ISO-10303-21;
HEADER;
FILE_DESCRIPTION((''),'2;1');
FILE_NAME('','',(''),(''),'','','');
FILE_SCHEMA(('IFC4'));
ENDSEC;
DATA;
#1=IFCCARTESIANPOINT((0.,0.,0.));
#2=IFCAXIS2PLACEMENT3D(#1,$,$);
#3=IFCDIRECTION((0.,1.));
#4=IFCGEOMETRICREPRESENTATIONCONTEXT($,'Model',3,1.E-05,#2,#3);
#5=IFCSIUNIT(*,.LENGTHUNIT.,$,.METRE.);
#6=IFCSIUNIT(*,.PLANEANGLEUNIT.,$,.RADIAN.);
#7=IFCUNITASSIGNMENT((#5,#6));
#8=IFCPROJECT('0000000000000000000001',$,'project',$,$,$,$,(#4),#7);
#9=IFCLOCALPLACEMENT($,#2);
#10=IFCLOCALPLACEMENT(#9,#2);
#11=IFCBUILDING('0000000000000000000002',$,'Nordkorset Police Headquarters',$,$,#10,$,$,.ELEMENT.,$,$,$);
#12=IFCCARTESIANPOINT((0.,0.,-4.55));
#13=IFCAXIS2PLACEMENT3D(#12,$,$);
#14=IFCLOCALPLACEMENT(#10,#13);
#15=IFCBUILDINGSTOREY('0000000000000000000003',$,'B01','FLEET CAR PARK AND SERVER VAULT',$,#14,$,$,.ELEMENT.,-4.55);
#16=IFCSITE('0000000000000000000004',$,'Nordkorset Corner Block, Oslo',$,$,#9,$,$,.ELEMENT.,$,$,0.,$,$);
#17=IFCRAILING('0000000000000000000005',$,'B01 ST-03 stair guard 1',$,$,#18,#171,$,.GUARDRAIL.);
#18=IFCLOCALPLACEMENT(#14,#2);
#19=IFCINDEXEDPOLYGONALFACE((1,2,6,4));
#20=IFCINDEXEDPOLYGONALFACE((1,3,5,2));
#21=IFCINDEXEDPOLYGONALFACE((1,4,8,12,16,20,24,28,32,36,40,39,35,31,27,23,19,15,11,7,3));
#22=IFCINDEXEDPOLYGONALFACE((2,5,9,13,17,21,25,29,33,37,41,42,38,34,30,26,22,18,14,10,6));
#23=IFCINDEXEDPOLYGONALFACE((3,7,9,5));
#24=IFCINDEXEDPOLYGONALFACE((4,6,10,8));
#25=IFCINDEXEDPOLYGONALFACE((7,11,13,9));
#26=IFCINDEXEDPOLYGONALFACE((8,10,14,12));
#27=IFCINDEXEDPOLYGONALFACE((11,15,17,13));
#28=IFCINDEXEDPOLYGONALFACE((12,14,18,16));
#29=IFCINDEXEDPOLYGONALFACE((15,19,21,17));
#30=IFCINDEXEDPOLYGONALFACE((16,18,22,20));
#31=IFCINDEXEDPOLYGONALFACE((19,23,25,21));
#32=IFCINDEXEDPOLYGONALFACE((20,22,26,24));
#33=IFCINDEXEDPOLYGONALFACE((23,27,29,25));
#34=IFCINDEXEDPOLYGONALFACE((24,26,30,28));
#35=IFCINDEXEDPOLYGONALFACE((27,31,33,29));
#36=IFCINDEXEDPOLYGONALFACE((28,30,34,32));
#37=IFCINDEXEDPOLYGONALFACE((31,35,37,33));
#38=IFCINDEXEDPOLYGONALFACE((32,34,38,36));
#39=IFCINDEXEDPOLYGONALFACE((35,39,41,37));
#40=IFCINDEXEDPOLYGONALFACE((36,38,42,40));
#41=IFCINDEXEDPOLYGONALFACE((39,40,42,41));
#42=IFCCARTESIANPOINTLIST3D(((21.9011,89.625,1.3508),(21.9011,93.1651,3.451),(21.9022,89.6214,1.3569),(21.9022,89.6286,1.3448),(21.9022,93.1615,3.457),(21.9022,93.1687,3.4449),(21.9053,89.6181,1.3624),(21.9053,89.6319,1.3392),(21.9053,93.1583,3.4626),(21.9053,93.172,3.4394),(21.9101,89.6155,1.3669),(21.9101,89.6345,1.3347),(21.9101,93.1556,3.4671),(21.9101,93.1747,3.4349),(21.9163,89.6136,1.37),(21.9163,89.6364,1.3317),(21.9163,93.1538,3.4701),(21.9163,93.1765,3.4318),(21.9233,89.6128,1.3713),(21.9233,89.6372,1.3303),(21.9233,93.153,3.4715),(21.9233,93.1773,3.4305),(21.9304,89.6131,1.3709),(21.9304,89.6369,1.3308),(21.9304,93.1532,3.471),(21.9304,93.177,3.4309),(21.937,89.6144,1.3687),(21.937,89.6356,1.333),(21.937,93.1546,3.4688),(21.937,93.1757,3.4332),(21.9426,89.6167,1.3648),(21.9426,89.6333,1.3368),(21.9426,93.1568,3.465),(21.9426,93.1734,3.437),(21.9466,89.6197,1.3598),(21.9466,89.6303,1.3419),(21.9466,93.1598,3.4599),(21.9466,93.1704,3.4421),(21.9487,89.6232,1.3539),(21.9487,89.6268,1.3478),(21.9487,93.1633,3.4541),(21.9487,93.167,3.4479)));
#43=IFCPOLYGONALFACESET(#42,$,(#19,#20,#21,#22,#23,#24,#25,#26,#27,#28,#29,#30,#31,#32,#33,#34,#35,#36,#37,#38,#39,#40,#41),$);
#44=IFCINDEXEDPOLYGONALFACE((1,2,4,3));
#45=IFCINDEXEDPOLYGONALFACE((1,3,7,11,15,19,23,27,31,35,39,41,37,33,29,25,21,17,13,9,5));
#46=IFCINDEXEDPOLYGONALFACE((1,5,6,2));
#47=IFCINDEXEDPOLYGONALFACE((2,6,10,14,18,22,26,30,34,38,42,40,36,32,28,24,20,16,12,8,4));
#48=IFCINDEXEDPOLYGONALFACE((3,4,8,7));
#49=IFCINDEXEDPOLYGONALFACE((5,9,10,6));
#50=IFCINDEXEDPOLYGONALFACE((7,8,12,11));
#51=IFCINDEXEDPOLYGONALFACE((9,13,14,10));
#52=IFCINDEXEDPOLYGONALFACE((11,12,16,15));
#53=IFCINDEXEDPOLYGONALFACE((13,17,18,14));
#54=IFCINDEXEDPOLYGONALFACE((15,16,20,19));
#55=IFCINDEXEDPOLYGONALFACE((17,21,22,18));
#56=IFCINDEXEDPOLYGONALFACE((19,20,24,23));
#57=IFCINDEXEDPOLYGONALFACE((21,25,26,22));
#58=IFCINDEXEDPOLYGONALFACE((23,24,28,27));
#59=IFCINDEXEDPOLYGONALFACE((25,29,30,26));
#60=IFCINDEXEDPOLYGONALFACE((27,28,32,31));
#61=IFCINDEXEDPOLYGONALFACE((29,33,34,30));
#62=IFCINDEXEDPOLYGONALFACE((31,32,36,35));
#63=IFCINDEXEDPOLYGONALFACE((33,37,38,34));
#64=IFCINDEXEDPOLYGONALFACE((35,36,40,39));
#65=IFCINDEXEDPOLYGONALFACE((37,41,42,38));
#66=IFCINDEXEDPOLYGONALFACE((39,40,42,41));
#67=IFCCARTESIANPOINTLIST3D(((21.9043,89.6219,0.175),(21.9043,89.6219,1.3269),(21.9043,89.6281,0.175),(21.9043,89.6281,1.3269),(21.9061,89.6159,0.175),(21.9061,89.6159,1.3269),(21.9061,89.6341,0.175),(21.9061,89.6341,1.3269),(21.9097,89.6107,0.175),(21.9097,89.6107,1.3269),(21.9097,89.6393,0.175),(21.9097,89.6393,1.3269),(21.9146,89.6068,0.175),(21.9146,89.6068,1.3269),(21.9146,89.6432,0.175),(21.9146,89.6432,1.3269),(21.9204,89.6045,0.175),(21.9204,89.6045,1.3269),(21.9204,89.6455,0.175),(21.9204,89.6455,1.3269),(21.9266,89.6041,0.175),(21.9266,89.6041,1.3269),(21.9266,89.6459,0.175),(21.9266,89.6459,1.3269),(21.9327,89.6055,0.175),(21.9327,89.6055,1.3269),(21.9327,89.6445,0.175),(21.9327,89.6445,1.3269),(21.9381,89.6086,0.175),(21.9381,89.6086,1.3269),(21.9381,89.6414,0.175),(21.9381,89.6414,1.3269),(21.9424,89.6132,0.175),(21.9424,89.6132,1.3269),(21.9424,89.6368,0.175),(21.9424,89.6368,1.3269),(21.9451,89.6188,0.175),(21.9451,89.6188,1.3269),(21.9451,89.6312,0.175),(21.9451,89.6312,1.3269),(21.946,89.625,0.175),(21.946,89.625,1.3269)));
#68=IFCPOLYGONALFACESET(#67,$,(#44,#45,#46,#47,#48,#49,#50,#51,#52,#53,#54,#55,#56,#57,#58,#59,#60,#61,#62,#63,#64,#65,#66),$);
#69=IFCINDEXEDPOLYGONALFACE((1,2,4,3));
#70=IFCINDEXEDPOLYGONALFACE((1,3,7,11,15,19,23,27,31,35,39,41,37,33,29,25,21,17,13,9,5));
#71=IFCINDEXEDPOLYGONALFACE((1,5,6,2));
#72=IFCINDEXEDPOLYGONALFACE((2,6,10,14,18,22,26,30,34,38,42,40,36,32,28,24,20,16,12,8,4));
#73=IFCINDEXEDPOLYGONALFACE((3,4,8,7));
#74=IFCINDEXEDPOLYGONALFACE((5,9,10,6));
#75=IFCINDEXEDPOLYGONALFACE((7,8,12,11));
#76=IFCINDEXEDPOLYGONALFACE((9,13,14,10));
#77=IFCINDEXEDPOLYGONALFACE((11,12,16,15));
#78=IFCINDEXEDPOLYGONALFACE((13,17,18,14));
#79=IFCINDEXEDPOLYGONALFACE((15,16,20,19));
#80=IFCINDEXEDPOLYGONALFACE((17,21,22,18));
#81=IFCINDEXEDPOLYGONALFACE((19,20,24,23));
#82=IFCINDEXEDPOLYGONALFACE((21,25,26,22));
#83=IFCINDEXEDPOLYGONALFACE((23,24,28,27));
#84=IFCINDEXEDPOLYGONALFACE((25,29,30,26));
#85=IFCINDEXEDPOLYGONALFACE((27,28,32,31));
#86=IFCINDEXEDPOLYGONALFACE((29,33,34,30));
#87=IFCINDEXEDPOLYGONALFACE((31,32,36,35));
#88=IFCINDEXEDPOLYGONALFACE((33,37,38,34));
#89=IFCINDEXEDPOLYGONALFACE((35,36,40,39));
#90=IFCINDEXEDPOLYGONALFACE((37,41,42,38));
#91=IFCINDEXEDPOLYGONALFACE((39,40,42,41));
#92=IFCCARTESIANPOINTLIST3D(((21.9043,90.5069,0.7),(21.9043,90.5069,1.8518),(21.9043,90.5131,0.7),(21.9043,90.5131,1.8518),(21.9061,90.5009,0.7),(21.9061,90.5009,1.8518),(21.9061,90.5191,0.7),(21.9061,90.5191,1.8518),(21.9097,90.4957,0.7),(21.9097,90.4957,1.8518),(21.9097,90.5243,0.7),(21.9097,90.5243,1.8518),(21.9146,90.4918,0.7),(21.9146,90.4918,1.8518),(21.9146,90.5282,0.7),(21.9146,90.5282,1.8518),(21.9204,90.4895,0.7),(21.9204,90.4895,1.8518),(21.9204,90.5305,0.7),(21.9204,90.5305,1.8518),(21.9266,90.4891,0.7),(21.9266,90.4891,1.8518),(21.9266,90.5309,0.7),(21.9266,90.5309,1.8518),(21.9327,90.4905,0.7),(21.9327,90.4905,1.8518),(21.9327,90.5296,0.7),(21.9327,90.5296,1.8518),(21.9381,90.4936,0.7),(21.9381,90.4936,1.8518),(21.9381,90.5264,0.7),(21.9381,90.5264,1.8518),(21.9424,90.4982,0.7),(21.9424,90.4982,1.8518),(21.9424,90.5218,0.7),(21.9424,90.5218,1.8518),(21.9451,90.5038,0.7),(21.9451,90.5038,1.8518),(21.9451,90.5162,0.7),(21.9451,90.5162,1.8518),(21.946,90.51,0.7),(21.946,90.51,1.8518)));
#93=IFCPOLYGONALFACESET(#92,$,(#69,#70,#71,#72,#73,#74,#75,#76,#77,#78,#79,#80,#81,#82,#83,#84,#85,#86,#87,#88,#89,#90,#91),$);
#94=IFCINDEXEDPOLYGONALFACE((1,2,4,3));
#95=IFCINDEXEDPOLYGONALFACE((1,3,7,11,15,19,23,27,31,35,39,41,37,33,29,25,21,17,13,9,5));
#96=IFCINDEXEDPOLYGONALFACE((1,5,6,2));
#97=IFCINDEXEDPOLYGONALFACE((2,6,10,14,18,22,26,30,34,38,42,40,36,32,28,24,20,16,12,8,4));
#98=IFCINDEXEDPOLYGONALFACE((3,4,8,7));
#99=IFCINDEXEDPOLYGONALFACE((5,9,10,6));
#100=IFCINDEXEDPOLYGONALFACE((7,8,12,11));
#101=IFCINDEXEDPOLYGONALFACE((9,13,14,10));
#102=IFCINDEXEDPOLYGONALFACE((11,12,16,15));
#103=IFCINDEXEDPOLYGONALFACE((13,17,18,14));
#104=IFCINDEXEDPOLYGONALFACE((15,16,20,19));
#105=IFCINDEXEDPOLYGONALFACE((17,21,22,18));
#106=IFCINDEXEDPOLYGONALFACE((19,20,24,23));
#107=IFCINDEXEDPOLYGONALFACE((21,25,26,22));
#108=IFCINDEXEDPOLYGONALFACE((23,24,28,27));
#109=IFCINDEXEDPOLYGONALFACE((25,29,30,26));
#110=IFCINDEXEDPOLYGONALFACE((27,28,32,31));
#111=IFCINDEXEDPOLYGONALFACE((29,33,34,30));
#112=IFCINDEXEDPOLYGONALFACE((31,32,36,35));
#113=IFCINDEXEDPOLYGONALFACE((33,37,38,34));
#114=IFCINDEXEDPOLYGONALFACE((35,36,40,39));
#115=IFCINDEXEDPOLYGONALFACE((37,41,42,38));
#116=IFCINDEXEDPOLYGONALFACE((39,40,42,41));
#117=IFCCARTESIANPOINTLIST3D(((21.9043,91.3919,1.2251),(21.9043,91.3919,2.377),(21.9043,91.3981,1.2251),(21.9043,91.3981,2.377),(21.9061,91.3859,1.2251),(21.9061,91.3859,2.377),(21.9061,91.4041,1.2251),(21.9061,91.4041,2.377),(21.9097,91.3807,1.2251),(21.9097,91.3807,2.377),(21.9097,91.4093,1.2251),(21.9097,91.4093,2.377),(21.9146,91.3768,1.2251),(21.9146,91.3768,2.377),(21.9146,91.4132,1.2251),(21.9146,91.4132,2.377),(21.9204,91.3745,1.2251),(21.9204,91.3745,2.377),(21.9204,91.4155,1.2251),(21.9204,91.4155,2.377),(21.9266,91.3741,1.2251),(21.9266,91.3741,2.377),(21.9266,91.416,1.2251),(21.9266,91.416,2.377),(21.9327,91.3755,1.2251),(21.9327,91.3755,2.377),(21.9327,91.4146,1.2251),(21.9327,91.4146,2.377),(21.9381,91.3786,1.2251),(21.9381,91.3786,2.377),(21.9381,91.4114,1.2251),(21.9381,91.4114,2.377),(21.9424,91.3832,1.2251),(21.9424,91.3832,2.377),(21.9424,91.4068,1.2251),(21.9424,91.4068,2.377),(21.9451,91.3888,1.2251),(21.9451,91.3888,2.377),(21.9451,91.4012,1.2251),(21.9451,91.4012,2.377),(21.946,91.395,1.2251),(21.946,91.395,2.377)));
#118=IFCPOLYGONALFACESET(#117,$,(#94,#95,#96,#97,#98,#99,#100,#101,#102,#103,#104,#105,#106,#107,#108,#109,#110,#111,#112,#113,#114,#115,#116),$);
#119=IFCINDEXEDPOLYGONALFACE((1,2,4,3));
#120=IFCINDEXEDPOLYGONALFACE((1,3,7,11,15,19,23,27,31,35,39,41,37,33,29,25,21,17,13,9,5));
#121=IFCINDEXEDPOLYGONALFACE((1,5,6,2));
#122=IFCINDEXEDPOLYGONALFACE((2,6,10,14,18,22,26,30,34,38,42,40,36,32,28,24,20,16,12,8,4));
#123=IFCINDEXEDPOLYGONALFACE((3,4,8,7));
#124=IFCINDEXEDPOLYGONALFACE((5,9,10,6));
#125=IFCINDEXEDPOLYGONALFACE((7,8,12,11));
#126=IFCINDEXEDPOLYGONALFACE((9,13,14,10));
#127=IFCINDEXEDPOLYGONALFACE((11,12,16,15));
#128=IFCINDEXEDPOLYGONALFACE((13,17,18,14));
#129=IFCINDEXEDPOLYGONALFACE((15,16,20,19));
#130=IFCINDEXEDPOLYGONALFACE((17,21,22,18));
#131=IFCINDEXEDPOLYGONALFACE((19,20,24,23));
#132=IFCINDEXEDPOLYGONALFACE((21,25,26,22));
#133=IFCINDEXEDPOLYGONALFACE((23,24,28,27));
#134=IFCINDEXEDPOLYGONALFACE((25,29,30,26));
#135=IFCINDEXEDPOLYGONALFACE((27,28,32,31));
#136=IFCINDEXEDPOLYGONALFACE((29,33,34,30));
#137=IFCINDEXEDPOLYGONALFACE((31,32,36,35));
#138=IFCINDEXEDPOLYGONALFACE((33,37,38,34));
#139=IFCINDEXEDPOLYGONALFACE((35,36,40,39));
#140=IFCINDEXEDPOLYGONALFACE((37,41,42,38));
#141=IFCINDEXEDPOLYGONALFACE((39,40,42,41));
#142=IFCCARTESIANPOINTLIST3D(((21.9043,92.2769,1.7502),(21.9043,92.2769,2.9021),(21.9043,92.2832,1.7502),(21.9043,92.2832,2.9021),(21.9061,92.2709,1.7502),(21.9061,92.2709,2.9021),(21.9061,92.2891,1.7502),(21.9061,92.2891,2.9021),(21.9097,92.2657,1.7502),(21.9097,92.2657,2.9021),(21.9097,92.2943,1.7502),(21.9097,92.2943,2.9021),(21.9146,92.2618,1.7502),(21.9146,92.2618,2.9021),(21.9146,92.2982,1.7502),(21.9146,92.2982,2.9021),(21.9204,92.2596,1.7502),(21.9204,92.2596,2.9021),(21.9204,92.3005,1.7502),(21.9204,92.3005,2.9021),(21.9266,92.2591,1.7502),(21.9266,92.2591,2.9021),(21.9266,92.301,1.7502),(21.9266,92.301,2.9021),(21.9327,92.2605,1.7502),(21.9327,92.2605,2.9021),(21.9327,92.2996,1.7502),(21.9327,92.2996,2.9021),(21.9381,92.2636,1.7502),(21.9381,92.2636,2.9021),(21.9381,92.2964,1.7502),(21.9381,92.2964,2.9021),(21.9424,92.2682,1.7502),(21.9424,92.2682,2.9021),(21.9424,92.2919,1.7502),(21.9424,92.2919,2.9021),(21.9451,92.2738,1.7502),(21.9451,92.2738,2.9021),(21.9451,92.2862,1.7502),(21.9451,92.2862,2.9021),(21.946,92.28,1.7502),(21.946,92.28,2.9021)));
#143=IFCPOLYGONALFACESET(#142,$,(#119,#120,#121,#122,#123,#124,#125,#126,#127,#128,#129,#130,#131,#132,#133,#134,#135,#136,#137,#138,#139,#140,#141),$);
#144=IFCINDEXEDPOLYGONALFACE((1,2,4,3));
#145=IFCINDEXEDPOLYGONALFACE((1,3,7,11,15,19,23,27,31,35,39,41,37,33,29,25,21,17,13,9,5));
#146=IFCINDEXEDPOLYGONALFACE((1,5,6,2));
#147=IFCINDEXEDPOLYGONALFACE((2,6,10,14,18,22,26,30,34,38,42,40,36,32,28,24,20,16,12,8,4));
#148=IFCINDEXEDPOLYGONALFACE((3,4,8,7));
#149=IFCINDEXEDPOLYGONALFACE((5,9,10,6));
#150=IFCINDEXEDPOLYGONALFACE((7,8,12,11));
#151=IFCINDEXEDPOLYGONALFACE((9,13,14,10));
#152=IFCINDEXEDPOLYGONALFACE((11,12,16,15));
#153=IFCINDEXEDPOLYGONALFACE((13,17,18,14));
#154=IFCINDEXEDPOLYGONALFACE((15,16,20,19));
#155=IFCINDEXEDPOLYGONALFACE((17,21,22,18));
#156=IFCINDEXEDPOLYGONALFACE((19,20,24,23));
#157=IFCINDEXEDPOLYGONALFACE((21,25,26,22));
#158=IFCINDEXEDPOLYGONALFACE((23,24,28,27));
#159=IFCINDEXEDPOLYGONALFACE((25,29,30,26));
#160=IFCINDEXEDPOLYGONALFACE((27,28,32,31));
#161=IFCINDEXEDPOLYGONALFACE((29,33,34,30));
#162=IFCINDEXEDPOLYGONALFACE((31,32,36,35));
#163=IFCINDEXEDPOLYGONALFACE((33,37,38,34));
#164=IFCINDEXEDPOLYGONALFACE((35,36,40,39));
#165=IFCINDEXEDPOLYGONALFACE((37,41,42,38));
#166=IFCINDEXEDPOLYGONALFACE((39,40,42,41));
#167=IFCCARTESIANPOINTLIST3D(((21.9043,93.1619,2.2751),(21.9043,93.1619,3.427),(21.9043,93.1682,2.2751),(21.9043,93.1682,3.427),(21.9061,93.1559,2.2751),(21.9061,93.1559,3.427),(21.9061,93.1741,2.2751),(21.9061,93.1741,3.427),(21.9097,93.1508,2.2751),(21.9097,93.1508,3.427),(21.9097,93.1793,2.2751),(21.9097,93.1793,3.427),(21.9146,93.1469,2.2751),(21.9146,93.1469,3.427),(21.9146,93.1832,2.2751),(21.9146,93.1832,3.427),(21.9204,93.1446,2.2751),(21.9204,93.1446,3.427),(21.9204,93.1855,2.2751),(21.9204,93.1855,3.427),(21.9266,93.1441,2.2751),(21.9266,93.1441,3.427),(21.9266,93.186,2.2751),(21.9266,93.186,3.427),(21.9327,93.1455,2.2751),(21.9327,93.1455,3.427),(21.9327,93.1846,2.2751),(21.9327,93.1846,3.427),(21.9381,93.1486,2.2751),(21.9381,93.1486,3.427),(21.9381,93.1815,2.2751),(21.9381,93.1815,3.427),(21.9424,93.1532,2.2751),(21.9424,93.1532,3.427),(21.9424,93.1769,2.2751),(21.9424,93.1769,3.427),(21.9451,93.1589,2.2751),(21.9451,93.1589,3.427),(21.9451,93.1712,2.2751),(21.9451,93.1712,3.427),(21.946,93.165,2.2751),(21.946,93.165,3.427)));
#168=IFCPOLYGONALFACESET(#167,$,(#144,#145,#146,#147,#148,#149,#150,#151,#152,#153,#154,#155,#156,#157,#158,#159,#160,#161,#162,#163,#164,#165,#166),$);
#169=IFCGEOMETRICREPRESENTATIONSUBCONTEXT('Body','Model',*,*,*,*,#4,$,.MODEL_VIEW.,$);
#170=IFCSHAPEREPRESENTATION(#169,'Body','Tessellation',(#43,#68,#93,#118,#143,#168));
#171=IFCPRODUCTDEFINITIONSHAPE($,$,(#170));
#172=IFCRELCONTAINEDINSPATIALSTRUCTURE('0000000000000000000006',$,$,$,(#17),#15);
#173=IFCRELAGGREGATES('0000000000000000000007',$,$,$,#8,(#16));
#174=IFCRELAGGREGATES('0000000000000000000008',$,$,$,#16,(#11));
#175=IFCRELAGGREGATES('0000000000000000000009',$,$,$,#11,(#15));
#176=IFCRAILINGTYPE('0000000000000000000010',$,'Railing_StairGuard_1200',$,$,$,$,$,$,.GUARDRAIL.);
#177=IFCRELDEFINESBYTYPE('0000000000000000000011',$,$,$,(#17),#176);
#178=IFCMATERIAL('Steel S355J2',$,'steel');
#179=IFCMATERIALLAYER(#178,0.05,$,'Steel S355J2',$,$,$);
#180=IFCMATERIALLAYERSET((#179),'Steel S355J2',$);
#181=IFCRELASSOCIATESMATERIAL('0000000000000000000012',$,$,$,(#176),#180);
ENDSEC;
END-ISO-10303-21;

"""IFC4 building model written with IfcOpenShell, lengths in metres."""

from ifc_helpers import new_model, si_unit, direction, frame, origin, origin_2d, place, context, subcontext, project, spatial, circle, extrude, material, layer, layer_set, type_object, element, save


model = new_model("IFC4")

# Units and contexts
model_context = context("Model", 3, precision=1e-05, world=origin(), true_north=direction((0.0, 1.0)))
body_context = subcontext(model_context, "Body", "Model", "MODEL_VIEW")
ifc_project = project(units=[si_unit("LENGTHUNIT", "METRE"), si_unit("PLANEANGLEUNIT", "RADIAN")], contexts=[model_context])

# Site, building, storey
site_placement = place(None, origin())
site = spatial("IfcSite", under=ifc_project, at=site_placement, Name="Nordkorset Corner Block, Oslo", CompositionType="ELEMENT", RefElevation=0.0)
building_placement = place(site_placement, origin())
building = spatial("IfcBuilding", under=site, at=building_placement, Name="Nordkorset Police Headquarters", CompositionType="ELEMENT")
storey_placement = place(building_placement, frame((0.0, 0.0, -4.55)))
storey = spatial("IfcBuildingStorey", under=building, at=storey_placement, Name="B01", Description="FLEET CAR PARK AND SERVER VAULT", CompositionType="ELEMENT", Elevation=-4.55)

# Railing
ifc_material_1 = material(Name="Steel S355J2", Category="steel")
ifc_layer_1 = layer(ifc_material_1, 0.05, Name="Steel S355J2")
ifc_layer_set_1 = layer_set([ifc_layer_1], Name="Steel S355J2")
railing_type_1 = type_object("IfcRailingType", Name="Railing_StairGuard_1200", PredefinedType="GUARDRAIL", material=ifc_layer_set_1)
railing_1_placement = place(storey_placement, frame((21.925, 89.625, 0.175)))
element("IfcRailing", 1, at=railing_1_placement, inside=storey, type_object=railing_type_1, Name="B01 ST-03 stair guard 1", PredefinedType="GUARDRAIL", context=body_context, shape_type="SweptSolid", body=[
    extrude(circle(Radius=0.0239, at=origin_2d()), frame((0.0, 0.0, 1.1758), z_axis=(0.0, 0.860047, 0.510215), x_axis=(-1.0, 0.0, 0.0)), (0.0, 0.0, 1.0), 4.1162),
    extrude(circle(Radius=0.021, at=origin_2d()), origin(), (0.0, 0.0, 1.0), 1.1519),
    extrude(circle(Radius=0.021, at=origin_2d()), frame((0.0, 0.885, 0.5249)), (0.0, 0.0, 1.0), 1.1519),
    extrude(circle(Radius=0.021, at=origin_2d()), frame((0.0, 1.77, 1.05)), (0.0, 0.0, 1.0), 1.1519),
    extrude(circle(Radius=0.021, at=origin_2d()), frame((0.0, 2.655, 1.5752)), (0.0, 0.0, 1.0), 1.1519),
    extrude(circle(Radius=0.021, at=origin_2d()), frame((0.0, 3.54, 2.1001)), (0.0, 0.0, 1.0), 1.1519),
])

save(model, "model.ifc")
